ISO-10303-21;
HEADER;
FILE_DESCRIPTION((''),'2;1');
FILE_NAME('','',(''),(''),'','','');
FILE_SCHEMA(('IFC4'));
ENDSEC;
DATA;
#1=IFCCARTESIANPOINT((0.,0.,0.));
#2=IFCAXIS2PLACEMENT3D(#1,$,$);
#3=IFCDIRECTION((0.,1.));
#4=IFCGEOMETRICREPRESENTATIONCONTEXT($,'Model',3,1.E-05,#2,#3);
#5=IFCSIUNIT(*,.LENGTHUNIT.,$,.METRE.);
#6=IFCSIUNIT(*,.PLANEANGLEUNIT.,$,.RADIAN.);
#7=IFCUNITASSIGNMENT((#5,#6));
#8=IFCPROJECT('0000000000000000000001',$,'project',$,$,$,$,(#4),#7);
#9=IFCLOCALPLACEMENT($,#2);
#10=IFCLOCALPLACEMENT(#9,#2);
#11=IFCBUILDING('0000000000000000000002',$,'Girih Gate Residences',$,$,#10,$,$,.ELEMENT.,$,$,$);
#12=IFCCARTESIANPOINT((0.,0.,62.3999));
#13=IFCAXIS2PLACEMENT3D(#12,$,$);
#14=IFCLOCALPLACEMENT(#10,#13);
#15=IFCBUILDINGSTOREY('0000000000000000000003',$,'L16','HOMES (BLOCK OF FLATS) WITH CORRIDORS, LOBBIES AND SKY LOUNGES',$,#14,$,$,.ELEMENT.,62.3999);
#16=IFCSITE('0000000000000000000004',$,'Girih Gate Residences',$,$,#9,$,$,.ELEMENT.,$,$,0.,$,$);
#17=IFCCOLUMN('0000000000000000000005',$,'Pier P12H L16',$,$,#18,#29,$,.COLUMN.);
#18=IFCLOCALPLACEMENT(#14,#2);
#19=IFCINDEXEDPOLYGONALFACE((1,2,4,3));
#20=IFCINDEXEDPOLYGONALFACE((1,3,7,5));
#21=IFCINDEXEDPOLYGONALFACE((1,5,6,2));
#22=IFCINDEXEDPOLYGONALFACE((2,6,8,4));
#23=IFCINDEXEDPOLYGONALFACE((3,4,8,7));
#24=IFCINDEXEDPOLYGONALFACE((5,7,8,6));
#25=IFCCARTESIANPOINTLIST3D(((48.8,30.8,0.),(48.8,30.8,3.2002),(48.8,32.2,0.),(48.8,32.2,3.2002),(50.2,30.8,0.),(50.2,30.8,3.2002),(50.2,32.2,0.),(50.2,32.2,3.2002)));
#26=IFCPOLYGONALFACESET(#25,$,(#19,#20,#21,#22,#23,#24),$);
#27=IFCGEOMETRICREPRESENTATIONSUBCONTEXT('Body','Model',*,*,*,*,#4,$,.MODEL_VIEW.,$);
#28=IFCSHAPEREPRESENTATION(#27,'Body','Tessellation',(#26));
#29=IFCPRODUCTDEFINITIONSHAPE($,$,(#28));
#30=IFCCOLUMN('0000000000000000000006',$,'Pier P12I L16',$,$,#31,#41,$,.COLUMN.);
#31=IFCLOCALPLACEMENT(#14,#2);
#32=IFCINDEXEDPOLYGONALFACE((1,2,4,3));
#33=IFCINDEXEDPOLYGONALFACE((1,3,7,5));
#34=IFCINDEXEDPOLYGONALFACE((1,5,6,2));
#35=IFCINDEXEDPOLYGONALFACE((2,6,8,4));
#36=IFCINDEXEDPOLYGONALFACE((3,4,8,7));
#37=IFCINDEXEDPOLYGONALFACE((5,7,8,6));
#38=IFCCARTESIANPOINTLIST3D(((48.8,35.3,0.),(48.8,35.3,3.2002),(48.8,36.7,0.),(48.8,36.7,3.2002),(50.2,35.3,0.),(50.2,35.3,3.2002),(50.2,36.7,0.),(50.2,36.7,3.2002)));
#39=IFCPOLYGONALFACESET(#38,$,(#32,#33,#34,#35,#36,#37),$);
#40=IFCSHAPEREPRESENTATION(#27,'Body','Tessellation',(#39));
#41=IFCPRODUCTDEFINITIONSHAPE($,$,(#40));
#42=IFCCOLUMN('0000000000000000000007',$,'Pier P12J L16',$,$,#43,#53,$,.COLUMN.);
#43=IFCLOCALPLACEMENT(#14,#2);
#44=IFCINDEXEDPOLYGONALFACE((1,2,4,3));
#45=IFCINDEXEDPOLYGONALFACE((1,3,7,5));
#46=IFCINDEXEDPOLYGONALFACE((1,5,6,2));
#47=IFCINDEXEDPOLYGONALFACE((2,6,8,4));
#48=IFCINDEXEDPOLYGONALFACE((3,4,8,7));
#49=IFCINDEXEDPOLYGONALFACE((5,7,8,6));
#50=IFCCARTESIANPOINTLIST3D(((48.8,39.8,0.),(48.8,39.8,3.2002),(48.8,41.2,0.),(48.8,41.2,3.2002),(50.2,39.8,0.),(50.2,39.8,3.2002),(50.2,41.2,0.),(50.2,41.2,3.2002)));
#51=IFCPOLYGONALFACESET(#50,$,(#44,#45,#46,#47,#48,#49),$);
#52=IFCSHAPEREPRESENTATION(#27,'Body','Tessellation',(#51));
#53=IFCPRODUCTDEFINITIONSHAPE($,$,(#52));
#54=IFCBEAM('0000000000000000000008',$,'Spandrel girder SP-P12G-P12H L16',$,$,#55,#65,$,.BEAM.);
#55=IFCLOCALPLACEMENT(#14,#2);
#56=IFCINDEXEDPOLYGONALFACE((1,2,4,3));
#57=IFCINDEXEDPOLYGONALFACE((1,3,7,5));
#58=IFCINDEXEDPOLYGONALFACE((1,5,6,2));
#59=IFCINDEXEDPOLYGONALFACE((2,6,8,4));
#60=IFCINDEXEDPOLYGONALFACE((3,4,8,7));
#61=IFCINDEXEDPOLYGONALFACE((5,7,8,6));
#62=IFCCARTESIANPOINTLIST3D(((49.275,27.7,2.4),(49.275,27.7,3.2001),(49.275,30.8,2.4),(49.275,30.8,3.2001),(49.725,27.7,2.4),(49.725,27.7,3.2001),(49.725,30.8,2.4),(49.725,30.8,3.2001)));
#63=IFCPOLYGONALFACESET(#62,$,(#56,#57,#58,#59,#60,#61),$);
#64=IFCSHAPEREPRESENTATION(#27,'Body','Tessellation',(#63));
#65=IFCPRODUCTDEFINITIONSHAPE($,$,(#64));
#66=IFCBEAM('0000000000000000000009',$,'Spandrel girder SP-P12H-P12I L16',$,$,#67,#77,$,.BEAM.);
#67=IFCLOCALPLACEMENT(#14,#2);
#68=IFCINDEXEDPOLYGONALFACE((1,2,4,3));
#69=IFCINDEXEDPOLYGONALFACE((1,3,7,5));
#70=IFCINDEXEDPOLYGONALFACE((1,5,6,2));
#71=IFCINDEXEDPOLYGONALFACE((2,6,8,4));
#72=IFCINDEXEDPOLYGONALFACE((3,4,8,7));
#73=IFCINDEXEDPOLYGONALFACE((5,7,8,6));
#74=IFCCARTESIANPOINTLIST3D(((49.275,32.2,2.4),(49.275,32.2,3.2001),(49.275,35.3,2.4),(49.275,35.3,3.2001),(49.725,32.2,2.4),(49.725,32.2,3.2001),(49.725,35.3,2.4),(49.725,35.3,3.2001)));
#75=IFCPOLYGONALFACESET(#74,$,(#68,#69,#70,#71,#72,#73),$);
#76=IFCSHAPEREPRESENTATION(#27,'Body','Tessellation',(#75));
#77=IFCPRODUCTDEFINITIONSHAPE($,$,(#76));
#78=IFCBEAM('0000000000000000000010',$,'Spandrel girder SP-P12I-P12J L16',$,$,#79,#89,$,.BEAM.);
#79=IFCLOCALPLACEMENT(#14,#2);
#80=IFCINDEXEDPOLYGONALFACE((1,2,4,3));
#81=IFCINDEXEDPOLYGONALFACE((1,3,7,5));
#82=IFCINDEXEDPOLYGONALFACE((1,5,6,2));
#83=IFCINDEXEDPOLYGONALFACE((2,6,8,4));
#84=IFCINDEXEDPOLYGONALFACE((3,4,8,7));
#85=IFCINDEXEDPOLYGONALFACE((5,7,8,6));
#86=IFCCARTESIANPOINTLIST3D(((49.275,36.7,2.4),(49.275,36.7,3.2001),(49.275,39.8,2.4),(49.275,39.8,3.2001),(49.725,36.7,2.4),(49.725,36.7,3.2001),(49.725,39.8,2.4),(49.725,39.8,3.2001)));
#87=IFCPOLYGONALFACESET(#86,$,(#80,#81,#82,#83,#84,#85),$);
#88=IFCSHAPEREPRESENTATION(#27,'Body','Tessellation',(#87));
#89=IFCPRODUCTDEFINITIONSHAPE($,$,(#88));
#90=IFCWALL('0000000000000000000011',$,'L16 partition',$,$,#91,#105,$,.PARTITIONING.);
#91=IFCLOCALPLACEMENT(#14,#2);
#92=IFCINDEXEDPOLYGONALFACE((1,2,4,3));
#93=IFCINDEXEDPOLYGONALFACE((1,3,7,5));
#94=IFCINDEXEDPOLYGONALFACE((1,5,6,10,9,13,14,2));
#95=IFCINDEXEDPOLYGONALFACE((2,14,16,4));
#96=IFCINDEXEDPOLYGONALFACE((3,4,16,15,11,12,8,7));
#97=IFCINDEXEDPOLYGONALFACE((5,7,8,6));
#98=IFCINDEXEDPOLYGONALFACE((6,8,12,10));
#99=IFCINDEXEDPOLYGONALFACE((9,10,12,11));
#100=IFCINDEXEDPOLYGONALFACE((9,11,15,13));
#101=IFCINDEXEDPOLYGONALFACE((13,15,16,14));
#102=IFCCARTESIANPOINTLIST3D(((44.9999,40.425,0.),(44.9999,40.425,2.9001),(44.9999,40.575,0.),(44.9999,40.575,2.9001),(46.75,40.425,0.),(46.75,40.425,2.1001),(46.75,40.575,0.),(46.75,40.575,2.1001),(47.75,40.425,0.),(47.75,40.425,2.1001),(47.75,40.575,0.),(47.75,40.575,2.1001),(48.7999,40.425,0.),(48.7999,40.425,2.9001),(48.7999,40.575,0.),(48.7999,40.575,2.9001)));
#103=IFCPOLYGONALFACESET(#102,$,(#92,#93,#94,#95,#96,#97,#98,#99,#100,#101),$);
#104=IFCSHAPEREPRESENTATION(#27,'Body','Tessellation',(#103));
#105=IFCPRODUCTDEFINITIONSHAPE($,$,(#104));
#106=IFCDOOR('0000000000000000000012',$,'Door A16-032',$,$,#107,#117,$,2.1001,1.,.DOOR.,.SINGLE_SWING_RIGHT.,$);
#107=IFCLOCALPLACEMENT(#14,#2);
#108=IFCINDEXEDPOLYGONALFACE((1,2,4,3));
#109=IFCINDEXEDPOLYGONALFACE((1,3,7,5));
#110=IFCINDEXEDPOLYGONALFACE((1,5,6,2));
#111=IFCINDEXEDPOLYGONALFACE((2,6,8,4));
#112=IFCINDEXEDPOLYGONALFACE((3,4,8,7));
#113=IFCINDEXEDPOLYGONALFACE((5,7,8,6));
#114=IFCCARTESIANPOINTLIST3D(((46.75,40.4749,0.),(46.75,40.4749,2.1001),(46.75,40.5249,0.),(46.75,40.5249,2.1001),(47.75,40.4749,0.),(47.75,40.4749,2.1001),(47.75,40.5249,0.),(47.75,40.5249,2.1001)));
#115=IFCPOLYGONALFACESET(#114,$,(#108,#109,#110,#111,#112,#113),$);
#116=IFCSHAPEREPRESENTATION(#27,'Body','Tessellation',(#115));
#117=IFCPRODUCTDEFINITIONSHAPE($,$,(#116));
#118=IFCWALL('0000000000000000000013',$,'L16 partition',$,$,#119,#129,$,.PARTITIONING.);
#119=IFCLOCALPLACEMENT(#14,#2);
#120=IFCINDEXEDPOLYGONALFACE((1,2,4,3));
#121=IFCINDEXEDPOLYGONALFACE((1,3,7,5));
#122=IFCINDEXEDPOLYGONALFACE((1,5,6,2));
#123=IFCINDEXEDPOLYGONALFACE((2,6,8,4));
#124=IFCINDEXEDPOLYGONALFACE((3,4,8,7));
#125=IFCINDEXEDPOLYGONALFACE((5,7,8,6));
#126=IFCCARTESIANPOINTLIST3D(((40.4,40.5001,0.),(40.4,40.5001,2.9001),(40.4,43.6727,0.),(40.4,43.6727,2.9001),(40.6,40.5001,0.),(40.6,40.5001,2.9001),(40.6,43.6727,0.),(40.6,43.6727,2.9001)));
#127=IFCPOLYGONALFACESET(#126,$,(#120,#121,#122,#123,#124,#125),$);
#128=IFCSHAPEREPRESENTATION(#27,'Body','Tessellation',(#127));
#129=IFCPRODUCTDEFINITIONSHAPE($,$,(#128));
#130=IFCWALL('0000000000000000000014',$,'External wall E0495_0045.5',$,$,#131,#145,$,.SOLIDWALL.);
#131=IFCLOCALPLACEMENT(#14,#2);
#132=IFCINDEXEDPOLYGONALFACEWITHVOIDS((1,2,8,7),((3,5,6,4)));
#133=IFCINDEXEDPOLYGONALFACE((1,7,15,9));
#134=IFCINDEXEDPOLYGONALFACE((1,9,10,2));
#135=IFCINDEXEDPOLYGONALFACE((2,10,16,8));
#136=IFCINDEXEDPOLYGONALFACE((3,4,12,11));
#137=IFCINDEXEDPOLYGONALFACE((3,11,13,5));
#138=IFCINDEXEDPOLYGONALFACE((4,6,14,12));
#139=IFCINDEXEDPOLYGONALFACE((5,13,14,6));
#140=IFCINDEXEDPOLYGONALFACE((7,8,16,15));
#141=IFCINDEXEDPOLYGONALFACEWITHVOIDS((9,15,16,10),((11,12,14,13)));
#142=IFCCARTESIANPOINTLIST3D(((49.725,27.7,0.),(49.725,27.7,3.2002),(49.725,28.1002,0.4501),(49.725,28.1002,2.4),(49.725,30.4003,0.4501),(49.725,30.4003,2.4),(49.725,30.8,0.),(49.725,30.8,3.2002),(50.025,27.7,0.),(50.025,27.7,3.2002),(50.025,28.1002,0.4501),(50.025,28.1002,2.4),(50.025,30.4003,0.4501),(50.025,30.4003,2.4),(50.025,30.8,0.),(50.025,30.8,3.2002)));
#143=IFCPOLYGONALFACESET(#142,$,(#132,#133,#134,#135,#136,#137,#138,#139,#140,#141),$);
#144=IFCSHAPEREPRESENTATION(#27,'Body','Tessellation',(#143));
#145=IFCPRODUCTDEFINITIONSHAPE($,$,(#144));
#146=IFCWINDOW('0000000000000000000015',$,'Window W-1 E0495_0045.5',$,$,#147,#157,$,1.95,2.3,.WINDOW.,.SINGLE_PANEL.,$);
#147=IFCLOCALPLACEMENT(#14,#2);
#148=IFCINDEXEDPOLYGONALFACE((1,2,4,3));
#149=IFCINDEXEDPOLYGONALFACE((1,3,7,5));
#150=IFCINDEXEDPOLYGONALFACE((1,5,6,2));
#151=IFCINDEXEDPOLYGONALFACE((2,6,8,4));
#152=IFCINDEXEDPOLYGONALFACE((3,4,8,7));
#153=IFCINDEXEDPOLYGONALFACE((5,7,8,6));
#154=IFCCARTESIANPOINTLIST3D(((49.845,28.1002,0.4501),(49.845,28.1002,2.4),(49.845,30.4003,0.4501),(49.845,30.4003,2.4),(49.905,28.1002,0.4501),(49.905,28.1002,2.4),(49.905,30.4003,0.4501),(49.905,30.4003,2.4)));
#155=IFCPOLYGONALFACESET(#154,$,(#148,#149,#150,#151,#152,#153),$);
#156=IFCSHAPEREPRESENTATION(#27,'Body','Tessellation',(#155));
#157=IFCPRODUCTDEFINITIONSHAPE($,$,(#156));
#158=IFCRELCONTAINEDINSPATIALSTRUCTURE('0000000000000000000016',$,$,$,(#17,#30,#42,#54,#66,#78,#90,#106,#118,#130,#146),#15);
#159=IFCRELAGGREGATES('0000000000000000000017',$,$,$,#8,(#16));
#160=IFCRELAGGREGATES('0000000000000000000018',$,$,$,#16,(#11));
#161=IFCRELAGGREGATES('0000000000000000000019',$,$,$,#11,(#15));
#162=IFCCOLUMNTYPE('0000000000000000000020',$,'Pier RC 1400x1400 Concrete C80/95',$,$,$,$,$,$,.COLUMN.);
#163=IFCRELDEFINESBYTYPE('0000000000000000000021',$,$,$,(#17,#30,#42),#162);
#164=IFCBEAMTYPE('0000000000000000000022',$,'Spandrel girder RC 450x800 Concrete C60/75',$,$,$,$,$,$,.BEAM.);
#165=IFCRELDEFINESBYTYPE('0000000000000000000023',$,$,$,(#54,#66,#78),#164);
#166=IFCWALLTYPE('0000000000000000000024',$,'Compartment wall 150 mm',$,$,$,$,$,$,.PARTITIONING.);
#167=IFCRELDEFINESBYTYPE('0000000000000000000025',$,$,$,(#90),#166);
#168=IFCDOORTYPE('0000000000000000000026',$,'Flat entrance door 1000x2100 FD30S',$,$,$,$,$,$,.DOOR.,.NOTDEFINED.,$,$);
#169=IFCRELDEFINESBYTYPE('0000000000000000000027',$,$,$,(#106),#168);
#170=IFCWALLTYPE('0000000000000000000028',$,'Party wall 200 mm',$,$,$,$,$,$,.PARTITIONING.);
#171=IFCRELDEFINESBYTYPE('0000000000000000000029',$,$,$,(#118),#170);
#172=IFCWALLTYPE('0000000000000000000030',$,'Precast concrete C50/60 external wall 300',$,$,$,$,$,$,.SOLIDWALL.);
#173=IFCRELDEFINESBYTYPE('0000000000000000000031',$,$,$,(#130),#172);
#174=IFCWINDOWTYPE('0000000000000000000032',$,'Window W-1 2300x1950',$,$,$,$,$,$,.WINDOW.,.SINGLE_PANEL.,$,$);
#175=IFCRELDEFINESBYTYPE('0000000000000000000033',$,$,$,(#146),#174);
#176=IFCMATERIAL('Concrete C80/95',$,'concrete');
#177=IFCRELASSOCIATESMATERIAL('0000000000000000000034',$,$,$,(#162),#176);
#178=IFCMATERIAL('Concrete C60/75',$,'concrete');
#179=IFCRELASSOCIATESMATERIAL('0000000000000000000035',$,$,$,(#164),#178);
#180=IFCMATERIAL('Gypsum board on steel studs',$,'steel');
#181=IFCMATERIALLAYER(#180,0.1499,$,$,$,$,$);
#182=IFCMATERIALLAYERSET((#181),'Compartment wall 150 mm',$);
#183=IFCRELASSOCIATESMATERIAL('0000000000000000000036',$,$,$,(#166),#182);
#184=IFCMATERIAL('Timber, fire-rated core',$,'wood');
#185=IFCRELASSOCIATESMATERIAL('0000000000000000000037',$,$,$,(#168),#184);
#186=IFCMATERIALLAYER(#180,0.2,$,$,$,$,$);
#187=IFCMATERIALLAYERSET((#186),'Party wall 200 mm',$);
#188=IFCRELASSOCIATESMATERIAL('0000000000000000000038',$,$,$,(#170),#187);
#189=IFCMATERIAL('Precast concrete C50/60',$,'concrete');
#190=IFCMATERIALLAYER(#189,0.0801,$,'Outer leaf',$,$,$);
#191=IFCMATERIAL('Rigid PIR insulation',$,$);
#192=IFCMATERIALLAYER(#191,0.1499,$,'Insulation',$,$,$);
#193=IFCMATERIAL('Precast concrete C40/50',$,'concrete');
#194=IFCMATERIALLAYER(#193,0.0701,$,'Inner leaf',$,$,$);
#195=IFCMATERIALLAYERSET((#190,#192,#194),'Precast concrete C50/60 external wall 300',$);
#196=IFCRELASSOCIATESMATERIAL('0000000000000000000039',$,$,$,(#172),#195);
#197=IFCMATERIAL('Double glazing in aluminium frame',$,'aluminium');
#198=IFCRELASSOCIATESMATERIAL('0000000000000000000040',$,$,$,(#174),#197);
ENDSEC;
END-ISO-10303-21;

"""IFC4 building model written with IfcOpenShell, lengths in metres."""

from ifc_helpers import new_model, si_unit, direction, frame, frame_2d, origin, origin_2d, place, context, subcontext, project, spatial, rectangle, extrude, material, layer, layer_set, material_profile, profile_set, type_object, element, fill, save


model = new_model("IFC4")

# Units and contexts
model_context = context("Model", 3, precision=1e-05, world=origin(), true_north=direction((0.0, 1.0)))
body_context = subcontext(model_context, "Body", "Model", "MODEL_VIEW")
ifc_project = project(units=[si_unit("LENGTHUNIT", "METRE"), si_unit("PLANEANGLEUNIT", "RADIAN")], contexts=[model_context])

# Site, building, storey
site_placement = place(None, origin())
site = spatial("IfcSite", under=ifc_project, at=site_placement, Name="Girih Gate Residences", CompositionType="ELEMENT", RefElevation=0.0)
building_placement = place(site_placement, origin())
building = spatial("IfcBuilding", under=site, at=building_placement, Name="Girih Gate Residences", CompositionType="ELEMENT")
storey_placement = place(building_placement, frame((0.0, 0.0, 62.3999)))
storey = spatial("IfcBuildingStorey", under=building, at=storey_placement, Name="L16", Description="HOMES (BLOCK OF FLATS) WITH CORRIDORS, LOBBIES AND SKY LOUNGES", CompositionType="ELEMENT", Elevation=62.3999)

# Columns
ifc_material_1 = material(Name="Concrete C80/95", Category="concrete")
ifc_material_profile_1 = material_profile(ifc_material_1, rectangle(XDim=1.3999, YDim=1.3999, at=origin_2d()))
ifc_profile_set_1 = profile_set([ifc_material_profile_1], Name="Concrete C80/95")
column_type = type_object("IfcColumnType", Name="Pier RC 1400x1400 Concrete C80/95", PredefinedType="COLUMN", material=ifc_profile_set_1)
for number, where, z_axis, x_axis, name in (
    (1, (49.5, 31.5, 0.0), (0.0, 0.0, 1.0), (1.0, 0.0, 0.0), "Pier P12H L16"),
    (2, (49.5, 36.0, 0.0), (0.0, 0.0, 1.0), (1.0, 0.0, 0.0), "Pier P12I L16"),
    (3, (49.5, 40.5, 0.0), (0.0, 0.0, 1.0), (1.0, 0.0, 0.0), "Pier P12J L16"),
):
    element("IfcColumn", number, at=place(storey_placement, frame(where, z_axis=z_axis, x_axis=x_axis)), inside=storey, type_object=column_type, Name=name, PredefinedType="COLUMN", context=body_context, shape_type="SweptSolid", body=[
        extrude(rectangle(XDim=1.3999, YDim=1.3999, at=origin_2d()), origin(), (0.0, 0.0, 1.0), 3.2002),
    ])

# Beams
ifc_material_2 = material(Name="Concrete C60/75", Category="concrete")
ifc_material_profile_2 = material_profile(ifc_material_2, rectangle(XDim=0.45, YDim=0.8, at=origin_2d()))
ifc_profile_set_2 = profile_set([ifc_material_profile_2], Name="Concrete C60/75")
beam_type = type_object("IfcBeamType", Name="Spandrel girder RC 450x800 Concrete C60/75", PredefinedType="BEAM", material=ifc_profile_set_2)
for number, where, z_axis, x_axis, name in (
    (4, (49.5, 27.7, 2.8), (0.0, 1.0, 0.0), (-1.0, 0.0, 0.0), "Spandrel girder SP-P12G-P12H L16"),
    (5, (49.5, 32.2, 2.8), (0.0, 1.0, 0.0), (-1.0, 0.0, 0.0), "Spandrel girder SP-P12H-P12I L16"),
    (6, (49.5, 36.7, 2.8), (0.0, 1.0, 0.0), (-1.0, 0.0, 0.0), "Spandrel girder SP-P12I-P12J L16"),
):
    element("IfcBeam", number, at=place(storey_placement, frame(where, z_axis=z_axis, x_axis=x_axis)), inside=storey, type_object=beam_type, Name=name, PredefinedType="BEAM", context=body_context, shape_type="SweptSolid", body=[
        extrude(rectangle(XDim=0.45, YDim=0.8, at=origin_2d()), origin(), (0.0, 0.0, 1.0), 3.1001),
    ])

# Wall, opening, door
ifc_material_3 = material(Name="Gypsum board on steel studs", Category="steel")
ifc_layer_1 = layer(ifc_material_3, 0.1499)
ifc_layer_set_1 = layer_set([ifc_layer_1], Name="Compartment wall 150 mm")
wall_type_1 = type_object("IfcWallType", Name="Compartment wall 150 mm", PredefinedType="PARTITIONING", material=ifc_layer_set_1)
wall_1_placement = place(storey_placement, frame((45.0, 40.5, 0.0), z_axis=(0.0, 0.0, 1.0), x_axis=(1.0, 0.0, 0.0)))
wall_1 = element("IfcWall", 7, at=wall_1_placement, inside=storey, type_object=wall_type_1, Name="L16 partition", PredefinedType="PARTITIONING", context=body_context, shape_type="SweptSolid", body=[
    extrude(rectangle(XDim=3.8, YDim=0.1499, at=frame_2d((1.8999, 0.0))), origin(), (0.0, 0.0, 1.0), 2.9001),
])
opening_1_placement = place(wall_1_placement, frame((1.75, 0.0, 0.0)))
opening_1 = element("IfcOpeningElement", 8, at=opening_1_placement, cuts=wall_1, PredefinedType="OPENING", context=body_context, shape_type="SweptSolid", body=[
    extrude(rectangle(XDim=1.0, YDim=2.1001, at=frame_2d((0.5, 1.05))), frame((0.0, 0.085, 0.0), z_axis=(0.0, -1.0, 0.0), x_axis=(1.0, 0.0, 0.0)), (0.0, 0.0, 1.0), 0.1699),
])
ifc_material_4 = material(Name="Timber, fire-rated core", Category="wood")
door_type_1 = type_object("IfcDoorType", Name="Flat entrance door 1000x2100 FD30S", OperationType="NOTDEFINED", PredefinedType="DOOR", material=ifc_material_4)
door_1_placement = place(opening_1_placement, origin())
door_1 = element("IfcDoor", 9, at=door_1_placement, inside=storey, type_object=door_type_1, Name="Door A16-032", OperationType="SINGLE_SWING_RIGHT", OverallHeight=2.1001, OverallWidth=1.0, PredefinedType="DOOR", context=body_context, shape_type="SweptSolid", body=[
    extrude(rectangle(XDim=1.0, YDim=2.1001, at=frame_2d((0.5, 1.05))), frame((0.0, 0.0249, 0.0), z_axis=(0.0, -1.0, 0.0), x_axis=(1.0, 0.0, 0.0)), (0.0, 0.0, 1.0), 0.05),
])
fill(opening_1, door_1)

# Wall
ifc_layer_2 = layer(ifc_material_3, 0.2)
ifc_layer_set_2 = layer_set([ifc_layer_2], Name="Party wall 200 mm")
wall_type_2 = type_object("IfcWallType", Name="Party wall 200 mm", PredefinedType="PARTITIONING", material=ifc_layer_set_2)
wall_2_placement = place(storey_placement, frame((40.5, 40.5, 0.0), z_axis=(0.0, 0.0, 1.0), x_axis=(0.0, 1.0, 0.0)))
element("IfcWall", 10, at=wall_2_placement, inside=storey, type_object=wall_type_2, Name="L16 partition", PredefinedType="PARTITIONING", context=body_context, shape_type="SweptSolid", body=[
    extrude(rectangle(XDim=3.1726, YDim=0.2, at=frame_2d((1.5864, 0.0))), origin(), (0.0, 0.0, 1.0), 2.9001),
])

# Wall, opening, window
ifc_material_5 = material(Name="Precast concrete C50/60", Category="concrete")
ifc_layer_3 = layer(ifc_material_5, 0.0801, Name="Outer leaf")
ifc_material_6 = material(Name="Rigid PIR insulation")
ifc_layer_4 = layer(ifc_material_6, 0.1499, Name="Insulation")
ifc_material_7 = material(Name="Precast concrete C40/50", Category="concrete")
ifc_layer_5 = layer(ifc_material_7, 0.0701, Name="Inner leaf")
ifc_layer_set_3 = layer_set([ifc_layer_3, ifc_layer_4, ifc_layer_5], Name="Precast concrete C50/60 external wall 300")
wall_type_3 = type_object("IfcWallType", Name="Precast concrete C50/60 external wall 300", PredefinedType="SOLIDWALL", material=ifc_layer_set_3)
wall_3_placement = place(storey_placement, frame((49.875, 30.8, 0.0), z_axis=(0.0, 0.0, 1.0), x_axis=(0.0, -1.0, 0.0)))
wall_3 = element("IfcWall", 11, at=wall_3_placement, inside=storey, type_object=wall_type_3, Name="External wall E0495_0045.5", PredefinedType="SOLIDWALL", context=body_context, shape_type="SweptSolid", body=[
    extrude(rectangle(XDim=3.1001, YDim=0.3, at=frame_2d((1.55, 0.0))), origin(), (0.0, 0.0, 1.0), 3.2002),
])
opening_2_placement = place(wall_3_placement, frame((0.3999, 0.0, 0.45)))
opening_2 = element("IfcOpeningElement", 12, at=opening_2_placement, cuts=wall_3, PredefinedType="OPENING", context=body_context, shape_type="SweptSolid", body=[
    extrude(rectangle(XDim=2.3, YDim=1.95, at=frame_2d((1.1499, 0.9751))), frame((0.0, 0.1599, 0.0), z_axis=(0.0, -1.0, 0.0), x_axis=(1.0, 0.0, 0.0)), (0.0, 0.0, 1.0), 0.3201),
])
ifc_material_8 = material(Name="Double glazing in aluminium frame", Category="aluminium")
window_type = type_object("IfcWindowType", Name="Window W-1 2300x1950", PartitioningType="SINGLE_PANEL", PredefinedType="WINDOW", material=ifc_material_8)
window_1_placement = place(opening_2_placement, origin())
window_1 = element("IfcWindow", 13, at=window_1_placement, inside=storey, type_object=window_type, Name="Window W-1 E0495_0045.5", OverallHeight=1.95, OverallWidth=2.3, PartitioningType="SINGLE_PANEL", PredefinedType="WINDOW", context=body_context, shape_type="SweptSolid", body=[
    extrude(rectangle(XDim=2.3, YDim=1.95, at=frame_2d((1.1499, 0.9751))), frame((0.0, 0.03, 0.0), z_axis=(0.0, -1.0, 0.0), x_axis=(1.0, 0.0, 0.0)), (0.0, 0.0, 1.0), 0.0601),
])
fill(opening_2, window_1)

save(model, "model.ifc")
